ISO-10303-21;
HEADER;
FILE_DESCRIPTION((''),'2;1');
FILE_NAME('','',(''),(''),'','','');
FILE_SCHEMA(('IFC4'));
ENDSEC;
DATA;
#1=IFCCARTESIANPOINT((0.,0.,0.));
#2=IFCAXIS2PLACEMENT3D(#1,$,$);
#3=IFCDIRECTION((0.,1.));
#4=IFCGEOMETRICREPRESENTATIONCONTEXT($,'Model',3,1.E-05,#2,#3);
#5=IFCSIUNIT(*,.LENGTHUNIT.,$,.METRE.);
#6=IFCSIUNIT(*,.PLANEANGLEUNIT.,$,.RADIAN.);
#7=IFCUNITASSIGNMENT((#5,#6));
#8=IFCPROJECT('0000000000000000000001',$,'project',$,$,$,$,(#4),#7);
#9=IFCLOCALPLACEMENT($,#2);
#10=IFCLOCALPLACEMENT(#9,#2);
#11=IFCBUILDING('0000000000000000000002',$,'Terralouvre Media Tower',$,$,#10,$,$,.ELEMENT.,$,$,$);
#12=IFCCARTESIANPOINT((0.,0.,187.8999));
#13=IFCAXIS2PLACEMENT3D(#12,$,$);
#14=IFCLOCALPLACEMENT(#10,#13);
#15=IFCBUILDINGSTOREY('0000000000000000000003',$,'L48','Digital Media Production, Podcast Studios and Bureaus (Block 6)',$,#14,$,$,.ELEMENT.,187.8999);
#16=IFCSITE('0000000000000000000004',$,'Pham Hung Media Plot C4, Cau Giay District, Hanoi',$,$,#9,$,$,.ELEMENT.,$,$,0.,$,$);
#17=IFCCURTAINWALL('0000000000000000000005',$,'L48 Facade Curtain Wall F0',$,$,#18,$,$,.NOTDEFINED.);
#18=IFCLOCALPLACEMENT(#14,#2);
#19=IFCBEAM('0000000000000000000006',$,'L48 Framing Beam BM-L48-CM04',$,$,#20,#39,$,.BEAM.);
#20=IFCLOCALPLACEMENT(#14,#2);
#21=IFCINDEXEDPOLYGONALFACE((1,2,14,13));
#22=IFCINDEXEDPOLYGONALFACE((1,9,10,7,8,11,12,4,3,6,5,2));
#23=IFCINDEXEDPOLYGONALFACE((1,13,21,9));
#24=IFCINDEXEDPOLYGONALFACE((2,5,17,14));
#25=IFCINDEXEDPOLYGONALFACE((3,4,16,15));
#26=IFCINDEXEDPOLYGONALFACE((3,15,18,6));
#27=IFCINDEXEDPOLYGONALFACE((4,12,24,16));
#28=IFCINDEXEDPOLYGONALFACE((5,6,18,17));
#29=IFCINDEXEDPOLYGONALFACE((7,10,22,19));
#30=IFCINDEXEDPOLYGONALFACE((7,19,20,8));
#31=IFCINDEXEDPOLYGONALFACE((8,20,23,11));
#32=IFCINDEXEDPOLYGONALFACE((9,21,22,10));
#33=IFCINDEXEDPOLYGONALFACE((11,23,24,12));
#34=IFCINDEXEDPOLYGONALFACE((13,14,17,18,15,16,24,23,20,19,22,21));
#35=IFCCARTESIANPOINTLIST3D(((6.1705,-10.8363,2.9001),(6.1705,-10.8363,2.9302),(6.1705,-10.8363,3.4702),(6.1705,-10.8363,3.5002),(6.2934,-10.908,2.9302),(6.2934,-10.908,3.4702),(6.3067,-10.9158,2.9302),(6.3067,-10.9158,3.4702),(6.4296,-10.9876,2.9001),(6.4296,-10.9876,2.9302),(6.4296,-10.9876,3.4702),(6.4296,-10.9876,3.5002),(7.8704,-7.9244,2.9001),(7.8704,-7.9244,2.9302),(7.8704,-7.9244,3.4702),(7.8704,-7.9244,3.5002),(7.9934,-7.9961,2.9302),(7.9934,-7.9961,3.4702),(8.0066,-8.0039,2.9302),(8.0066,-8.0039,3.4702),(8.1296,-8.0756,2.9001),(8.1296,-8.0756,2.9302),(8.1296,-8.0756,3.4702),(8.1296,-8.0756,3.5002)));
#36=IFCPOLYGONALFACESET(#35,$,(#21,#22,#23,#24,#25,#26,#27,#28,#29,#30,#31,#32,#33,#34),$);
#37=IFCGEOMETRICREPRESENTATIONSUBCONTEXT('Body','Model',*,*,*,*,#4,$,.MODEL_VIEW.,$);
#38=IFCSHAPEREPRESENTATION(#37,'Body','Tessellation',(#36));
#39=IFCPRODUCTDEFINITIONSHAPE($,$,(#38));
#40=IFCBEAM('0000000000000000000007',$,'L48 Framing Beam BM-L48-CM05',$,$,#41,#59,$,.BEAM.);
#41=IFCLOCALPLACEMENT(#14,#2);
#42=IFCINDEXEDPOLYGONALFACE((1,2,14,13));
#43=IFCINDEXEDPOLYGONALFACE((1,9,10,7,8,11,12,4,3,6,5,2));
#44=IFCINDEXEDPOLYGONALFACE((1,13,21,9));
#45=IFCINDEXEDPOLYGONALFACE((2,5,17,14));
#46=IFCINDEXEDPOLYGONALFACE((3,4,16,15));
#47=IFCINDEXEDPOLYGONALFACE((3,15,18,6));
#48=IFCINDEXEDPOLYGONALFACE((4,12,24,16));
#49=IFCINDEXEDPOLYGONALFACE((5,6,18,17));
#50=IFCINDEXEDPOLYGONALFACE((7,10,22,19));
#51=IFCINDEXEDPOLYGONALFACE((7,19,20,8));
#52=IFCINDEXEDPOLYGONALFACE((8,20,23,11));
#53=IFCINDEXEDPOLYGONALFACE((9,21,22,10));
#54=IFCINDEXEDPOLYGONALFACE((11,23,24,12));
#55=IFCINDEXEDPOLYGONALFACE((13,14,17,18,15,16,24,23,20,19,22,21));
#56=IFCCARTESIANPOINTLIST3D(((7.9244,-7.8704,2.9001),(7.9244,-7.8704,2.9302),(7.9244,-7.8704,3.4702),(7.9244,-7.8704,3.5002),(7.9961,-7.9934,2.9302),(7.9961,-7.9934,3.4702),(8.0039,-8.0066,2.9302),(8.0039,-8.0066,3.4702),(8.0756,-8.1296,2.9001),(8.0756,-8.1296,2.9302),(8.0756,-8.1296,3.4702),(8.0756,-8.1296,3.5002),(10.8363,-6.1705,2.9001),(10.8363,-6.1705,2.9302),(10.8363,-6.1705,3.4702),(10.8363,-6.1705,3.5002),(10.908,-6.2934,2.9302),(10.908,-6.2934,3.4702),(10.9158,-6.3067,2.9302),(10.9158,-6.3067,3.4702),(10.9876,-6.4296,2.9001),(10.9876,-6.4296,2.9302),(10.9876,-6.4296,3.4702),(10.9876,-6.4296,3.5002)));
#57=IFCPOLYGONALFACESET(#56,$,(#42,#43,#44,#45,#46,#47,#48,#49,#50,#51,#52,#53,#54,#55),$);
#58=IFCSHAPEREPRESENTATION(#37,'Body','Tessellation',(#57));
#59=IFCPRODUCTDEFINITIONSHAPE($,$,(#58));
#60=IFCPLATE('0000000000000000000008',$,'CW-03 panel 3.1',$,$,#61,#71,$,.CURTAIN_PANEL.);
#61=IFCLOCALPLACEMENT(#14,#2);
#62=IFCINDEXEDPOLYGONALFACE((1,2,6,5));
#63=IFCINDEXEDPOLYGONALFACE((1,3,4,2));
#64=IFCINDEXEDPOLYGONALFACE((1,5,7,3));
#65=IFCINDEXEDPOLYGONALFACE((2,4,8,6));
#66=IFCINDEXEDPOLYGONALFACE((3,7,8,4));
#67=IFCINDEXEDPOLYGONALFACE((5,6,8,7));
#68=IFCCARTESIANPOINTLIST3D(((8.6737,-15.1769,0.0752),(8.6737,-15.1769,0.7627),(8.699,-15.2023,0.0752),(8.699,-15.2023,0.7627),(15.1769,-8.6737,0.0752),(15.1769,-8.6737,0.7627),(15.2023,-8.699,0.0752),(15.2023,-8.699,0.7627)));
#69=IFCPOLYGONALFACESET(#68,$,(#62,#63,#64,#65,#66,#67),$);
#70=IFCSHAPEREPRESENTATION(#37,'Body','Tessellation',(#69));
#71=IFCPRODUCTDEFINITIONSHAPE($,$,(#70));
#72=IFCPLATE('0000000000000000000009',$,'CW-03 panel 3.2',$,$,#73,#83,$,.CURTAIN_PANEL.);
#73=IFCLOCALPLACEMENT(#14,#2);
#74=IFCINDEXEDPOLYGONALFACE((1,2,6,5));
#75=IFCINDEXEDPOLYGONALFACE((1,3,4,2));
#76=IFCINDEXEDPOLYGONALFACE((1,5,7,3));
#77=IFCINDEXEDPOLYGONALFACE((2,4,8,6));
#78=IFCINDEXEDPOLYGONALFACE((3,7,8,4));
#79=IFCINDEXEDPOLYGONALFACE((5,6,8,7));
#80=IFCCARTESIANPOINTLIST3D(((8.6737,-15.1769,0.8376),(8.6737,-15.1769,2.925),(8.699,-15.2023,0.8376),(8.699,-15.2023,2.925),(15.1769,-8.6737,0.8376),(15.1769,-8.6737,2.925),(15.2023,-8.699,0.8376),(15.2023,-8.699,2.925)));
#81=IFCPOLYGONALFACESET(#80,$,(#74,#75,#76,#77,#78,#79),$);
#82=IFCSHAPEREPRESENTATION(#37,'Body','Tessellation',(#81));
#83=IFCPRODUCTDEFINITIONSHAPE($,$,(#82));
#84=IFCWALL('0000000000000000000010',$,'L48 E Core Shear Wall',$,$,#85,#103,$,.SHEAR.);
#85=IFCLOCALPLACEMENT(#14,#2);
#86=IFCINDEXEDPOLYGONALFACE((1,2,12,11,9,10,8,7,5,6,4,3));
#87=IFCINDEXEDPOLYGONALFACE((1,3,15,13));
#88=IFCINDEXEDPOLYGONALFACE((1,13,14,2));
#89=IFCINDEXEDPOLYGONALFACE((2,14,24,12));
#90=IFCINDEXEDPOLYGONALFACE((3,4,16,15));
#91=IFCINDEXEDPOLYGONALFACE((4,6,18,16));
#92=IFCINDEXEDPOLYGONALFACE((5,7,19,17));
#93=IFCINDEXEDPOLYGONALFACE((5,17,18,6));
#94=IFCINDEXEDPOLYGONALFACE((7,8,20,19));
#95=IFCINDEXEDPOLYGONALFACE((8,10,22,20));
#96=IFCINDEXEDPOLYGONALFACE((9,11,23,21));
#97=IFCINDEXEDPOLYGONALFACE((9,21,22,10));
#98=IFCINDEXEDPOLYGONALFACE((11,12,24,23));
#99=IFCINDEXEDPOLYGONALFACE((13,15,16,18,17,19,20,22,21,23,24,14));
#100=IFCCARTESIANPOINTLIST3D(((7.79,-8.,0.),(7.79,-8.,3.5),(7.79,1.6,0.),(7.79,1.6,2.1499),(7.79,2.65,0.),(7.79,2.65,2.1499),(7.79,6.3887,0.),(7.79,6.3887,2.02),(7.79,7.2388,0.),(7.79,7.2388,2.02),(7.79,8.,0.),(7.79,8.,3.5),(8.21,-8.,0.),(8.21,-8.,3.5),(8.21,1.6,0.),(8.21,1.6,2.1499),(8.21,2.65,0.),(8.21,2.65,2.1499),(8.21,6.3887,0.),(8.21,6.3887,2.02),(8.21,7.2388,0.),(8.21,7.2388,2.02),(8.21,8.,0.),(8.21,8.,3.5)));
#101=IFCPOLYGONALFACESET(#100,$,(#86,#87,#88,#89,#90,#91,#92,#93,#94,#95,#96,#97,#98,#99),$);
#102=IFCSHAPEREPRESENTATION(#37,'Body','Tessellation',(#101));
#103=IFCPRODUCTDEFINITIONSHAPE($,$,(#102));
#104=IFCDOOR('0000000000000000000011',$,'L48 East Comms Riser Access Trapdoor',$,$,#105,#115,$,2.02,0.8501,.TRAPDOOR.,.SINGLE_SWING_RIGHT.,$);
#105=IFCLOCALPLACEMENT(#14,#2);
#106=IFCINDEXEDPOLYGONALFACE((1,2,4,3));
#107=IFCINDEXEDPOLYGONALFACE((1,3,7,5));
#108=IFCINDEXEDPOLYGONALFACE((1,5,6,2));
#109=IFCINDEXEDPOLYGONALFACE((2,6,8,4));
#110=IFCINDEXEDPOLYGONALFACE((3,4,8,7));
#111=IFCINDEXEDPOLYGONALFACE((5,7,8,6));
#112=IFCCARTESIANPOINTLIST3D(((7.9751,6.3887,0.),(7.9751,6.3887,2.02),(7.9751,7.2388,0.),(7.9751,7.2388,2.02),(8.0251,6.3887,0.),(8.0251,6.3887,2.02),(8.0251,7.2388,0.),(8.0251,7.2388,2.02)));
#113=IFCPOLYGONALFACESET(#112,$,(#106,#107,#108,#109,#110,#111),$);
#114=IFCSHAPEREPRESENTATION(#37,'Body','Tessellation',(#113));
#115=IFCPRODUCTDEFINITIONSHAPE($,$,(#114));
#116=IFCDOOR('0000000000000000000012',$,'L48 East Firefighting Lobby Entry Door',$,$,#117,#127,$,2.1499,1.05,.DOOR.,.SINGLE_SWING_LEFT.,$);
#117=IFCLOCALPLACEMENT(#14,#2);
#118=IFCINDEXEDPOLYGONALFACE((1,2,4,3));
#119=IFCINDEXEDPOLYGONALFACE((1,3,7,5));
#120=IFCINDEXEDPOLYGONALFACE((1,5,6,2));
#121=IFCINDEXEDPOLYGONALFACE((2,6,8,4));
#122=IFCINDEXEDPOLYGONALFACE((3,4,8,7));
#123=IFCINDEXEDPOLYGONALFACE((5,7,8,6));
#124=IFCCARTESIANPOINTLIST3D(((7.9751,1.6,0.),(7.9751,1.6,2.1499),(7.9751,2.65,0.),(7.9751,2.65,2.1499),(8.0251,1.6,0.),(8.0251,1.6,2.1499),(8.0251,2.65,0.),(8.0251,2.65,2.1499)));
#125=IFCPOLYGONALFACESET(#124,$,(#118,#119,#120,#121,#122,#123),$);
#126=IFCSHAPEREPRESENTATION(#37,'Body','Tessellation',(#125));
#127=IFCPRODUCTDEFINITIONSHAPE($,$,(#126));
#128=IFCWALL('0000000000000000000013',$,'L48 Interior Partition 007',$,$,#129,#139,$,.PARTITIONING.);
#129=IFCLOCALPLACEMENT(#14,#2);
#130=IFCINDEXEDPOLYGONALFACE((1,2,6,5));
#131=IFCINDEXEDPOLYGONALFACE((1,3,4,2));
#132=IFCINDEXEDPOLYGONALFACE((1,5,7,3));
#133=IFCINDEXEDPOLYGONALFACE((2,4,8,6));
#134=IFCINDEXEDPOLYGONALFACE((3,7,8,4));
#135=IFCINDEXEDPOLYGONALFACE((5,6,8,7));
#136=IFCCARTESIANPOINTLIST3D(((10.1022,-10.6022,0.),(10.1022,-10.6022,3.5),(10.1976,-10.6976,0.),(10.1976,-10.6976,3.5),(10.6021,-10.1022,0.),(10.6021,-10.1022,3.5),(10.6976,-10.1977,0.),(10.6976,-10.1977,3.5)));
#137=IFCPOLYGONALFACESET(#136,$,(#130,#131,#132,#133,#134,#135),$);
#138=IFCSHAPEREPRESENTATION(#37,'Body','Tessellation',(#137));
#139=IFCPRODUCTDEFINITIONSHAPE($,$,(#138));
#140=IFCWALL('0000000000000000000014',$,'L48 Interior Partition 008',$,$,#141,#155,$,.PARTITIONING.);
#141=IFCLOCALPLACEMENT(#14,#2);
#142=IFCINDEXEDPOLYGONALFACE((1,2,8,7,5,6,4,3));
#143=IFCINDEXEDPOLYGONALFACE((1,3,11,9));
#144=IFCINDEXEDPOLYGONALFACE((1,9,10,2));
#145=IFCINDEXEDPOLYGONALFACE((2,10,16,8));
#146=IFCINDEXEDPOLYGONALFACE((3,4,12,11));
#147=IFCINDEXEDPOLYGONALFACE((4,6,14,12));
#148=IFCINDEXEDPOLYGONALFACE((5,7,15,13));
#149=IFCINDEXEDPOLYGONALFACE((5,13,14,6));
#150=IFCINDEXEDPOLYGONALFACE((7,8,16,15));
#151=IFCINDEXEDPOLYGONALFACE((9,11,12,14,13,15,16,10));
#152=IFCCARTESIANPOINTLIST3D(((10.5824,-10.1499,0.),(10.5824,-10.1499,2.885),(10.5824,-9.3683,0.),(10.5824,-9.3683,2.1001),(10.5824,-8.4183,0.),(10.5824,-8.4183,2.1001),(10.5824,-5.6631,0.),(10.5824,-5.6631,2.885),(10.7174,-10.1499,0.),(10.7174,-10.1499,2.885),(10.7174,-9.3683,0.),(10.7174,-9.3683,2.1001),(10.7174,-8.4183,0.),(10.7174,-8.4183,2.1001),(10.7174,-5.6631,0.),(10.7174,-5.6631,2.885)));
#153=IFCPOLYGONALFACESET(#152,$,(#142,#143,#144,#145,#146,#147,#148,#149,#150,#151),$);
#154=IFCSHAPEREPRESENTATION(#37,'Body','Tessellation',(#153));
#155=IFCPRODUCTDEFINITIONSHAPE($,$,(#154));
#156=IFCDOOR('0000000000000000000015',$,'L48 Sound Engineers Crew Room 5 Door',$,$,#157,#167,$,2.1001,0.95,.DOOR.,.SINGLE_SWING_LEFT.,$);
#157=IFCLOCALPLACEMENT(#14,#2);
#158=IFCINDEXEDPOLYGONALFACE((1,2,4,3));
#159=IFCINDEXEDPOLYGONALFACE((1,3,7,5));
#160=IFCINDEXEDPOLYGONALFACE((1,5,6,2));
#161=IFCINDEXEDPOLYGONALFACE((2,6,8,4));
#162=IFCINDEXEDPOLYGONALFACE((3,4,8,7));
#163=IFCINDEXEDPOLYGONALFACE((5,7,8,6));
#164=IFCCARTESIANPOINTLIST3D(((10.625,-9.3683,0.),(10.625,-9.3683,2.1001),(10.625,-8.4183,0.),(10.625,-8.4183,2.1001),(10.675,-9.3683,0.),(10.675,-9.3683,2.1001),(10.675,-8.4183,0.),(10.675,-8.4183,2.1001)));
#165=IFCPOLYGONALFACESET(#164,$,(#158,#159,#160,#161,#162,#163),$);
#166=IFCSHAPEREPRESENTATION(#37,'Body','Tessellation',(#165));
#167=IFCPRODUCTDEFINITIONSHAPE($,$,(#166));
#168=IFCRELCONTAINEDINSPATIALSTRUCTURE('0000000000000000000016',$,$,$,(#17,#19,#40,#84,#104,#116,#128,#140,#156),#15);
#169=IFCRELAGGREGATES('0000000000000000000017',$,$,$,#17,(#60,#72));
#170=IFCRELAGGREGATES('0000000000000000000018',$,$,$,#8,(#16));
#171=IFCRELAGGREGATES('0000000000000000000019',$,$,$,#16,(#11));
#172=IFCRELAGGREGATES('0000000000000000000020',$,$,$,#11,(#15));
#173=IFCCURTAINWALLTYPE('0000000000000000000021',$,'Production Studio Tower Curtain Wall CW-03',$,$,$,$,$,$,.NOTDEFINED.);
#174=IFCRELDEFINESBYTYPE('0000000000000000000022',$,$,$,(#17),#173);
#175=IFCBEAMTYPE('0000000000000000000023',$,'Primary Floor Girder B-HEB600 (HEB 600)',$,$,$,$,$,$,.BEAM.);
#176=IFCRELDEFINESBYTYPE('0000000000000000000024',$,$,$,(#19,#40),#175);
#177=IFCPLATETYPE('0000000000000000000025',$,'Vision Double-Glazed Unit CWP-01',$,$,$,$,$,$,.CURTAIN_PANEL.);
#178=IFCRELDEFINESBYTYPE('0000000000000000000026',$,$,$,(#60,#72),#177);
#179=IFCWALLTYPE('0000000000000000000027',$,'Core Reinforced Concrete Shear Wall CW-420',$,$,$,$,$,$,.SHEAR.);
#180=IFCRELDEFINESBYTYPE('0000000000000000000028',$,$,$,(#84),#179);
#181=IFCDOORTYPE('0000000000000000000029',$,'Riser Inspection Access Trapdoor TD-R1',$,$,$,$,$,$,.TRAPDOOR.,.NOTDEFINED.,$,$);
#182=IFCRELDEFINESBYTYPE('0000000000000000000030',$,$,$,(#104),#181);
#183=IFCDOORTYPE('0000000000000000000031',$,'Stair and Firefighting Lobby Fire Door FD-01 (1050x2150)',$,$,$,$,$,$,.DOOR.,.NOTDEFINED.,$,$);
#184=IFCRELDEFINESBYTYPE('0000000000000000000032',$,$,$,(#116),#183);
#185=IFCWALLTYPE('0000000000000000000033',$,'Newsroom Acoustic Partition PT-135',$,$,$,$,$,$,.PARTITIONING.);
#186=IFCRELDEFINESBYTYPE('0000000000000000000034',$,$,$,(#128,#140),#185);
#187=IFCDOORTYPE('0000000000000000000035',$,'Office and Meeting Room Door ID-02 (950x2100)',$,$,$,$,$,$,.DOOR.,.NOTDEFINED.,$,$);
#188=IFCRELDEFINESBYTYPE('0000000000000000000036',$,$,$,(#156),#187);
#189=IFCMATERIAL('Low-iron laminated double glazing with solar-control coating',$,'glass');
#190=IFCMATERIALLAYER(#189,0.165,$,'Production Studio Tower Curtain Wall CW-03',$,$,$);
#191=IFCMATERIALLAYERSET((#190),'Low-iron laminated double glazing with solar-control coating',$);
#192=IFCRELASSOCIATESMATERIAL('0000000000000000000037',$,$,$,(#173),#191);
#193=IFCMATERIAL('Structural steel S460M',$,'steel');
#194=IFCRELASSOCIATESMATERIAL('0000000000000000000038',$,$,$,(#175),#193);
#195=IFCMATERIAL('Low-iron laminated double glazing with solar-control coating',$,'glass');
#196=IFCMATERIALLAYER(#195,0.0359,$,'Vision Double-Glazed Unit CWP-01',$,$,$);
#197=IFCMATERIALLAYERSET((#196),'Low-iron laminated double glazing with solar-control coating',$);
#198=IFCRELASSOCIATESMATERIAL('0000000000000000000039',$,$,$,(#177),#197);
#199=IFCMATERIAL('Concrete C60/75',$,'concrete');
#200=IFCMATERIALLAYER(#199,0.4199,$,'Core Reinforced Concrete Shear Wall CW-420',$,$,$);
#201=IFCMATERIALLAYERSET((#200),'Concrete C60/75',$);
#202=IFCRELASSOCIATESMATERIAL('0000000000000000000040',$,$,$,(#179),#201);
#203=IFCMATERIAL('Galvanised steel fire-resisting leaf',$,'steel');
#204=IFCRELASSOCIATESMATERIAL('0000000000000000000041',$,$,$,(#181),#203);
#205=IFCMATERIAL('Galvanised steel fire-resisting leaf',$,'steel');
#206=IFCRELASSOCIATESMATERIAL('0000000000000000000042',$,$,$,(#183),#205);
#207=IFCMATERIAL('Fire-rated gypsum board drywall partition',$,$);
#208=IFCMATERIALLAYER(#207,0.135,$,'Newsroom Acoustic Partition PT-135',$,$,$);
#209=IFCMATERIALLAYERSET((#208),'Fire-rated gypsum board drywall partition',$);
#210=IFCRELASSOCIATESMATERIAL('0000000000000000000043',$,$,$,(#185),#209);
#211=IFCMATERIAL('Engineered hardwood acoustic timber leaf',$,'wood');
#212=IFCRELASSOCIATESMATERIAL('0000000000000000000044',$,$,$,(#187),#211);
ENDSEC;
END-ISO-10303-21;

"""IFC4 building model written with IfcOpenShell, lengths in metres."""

from ifc_helpers import new_model, si_unit, direction, frame, frame_2d, origin, origin_2d, place, context, subcontext, project, spatial, rectangle, i_section, extrude, material, layer, layer_set, material_profile, profile_set, type_object, element, fill, aggregate, save


model = new_model("IFC4")

# Units and contexts
model_context = context("Model", 3, precision=1e-05, world=origin(), true_north=direction((0.0, 1.0)))
body_context = subcontext(model_context, "Body", "Model", "MODEL_VIEW")
ifc_project = project(units=[si_unit("LENGTHUNIT", "METRE"), si_unit("PLANEANGLEUNIT", "RADIAN")], contexts=[model_context])

# Site, building, storey
site_placement = place(None, origin())
site = spatial("IfcSite", under=ifc_project, at=site_placement, Name="Pham Hung Media Plot C4, Cau Giay District, Hanoi", CompositionType="ELEMENT", RefElevation=0.0)
building_placement = place(site_placement, origin())
building = spatial("IfcBuilding", under=site, at=building_placement, Name="Terralouvre Media Tower", CompositionType="ELEMENT")
storey_placement = place(building_placement, frame((0.0, 0.0, 187.8999)))
storey = spatial("IfcBuildingStorey", under=building, at=storey_placement, Name="L48", Description="Digital Media Production, Podcast Studios and Bureaus (Block 6)", CompositionType="ELEMENT", Elevation=187.8999)

# Curtain wall
ifc_material_1 = material(Name="Low-iron laminated double glazing with solar-control coating", Category="glass")
ifc_layer_1 = layer(ifc_material_1, 0.165, Name="Production Studio Tower Curtain Wall CW-03")
ifc_layer_set_1 = layer_set([ifc_layer_1], Name="Low-iron laminated double glazing with solar-control coating")
curtain_wall_type = type_object("IfcCurtainWallType", Name="Production Studio Tower Curtain Wall CW-03", PredefinedType="NOTDEFINED", material=ifc_layer_set_1)
curtain_wall_placement = place(storey_placement, origin())
curtain_wall = element("IfcCurtainWall", 1, at=curtain_wall_placement, inside=storey, type_object=curtain_wall_type, Name="L48 Facade Curtain Wall F0", PredefinedType="NOTDEFINED")

# Beams
ifc_material_2 = material(Name="Structural steel S460M", Category="steel")
ifc_material_profile_1 = material_profile(ifc_material_2, i_section(OverallWidth=0.3, OverallDepth=0.6001, WebThickness=0.0154, FlangeThickness=0.03, at=origin_2d()), Name="HEB 600")
ifc_profile_set_1 = profile_set([ifc_material_profile_1], Name="Structural steel S460M")
beam_type_1 = type_object("IfcBeamType", Name="Primary Floor Girder B-HEB600 (HEB 600)", PredefinedType="BEAM", material=ifc_profile_set_1)
for number, where, z_axis, x_axis, name in (
    (2, (8.0, -8.0, 3.2002), (-0.504173, -0.863603, 0.0), (0.863603, -0.504173, 0.0), "L48 Framing Beam BM-L48-CM04"),
    (3, (8.0, -8.0, 3.2002), (0.863603, 0.504173, 0.0), (-0.504173, 0.863603, 0.0), "L48 Framing Beam BM-L48-CM05"),
):
    element("IfcBeam", number, at=place(storey_placement, frame(where, z_axis=z_axis, x_axis=x_axis)), inside=storey, type_object=beam_type_1, Name=name, PredefinedType="BEAM", context=body_context, shape_type="SweptSolid", body=[
        extrude(i_section(OverallWidth=0.3, OverallDepth=0.6001, WebThickness=0.0154, FlangeThickness=0.03, at=origin_2d()), origin(), (0.0, 0.0, 1.0), 3.3718),
    ])

# Plates
ifc_material_3 = material(Name="Low-iron laminated double glazing with solar-control coating", Category="glass")
ifc_layer_2 = layer(ifc_material_3, 0.0359, Name="Vision Double-Glazed Unit CWP-01")
ifc_layer_set_2 = layer_set([ifc_layer_2], Name="Low-iron laminated double glazing with solar-control coating")
plate_type = type_object("IfcPlateType", Name="Vision Double-Glazed Unit CWP-01", PredefinedType="CURTAIN_PANEL", material=ifc_layer_set_2)
plate_1_placement = place(storey_placement, frame((11.938, -11.938, 0.0752), z_axis=(0.0, 0.0, 1.0), x_axis=(0.707107, 0.707107, 0.0)))
plate_1 = element("IfcPlate", 4, at=plate_1_placement, type_object=plate_type, Name="CW-03 panel 3.1", PredefinedType="CURTAIN_PANEL", context=body_context, shape_type="SweptSolid", body=[
    extrude(rectangle(XDim=9.197, YDim=0.0359, at=origin_2d()), origin(), (0.0, 0.0, 1.0), 0.6875),
])
plate_2_placement = place(storey_placement, frame((11.938, -11.938, 0.8376), z_axis=(0.0, 0.0, 1.0), x_axis=(0.707107, 0.707107, 0.0)))
plate_2 = element("IfcPlate", 5, at=plate_2_placement, type_object=plate_type, Name="CW-03 panel 3.2", PredefinedType="CURTAIN_PANEL", context=body_context, shape_type="SweptSolid", body=[
    extrude(rectangle(XDim=9.197, YDim=0.0359, at=origin_2d()), origin(), (0.0, 0.0, 1.0), 2.0874),
])
aggregate(curtain_wall, [plate_1, plate_2])

# Wall, openings, doors
ifc_material_4 = material(Name="Concrete C60/75", Category="concrete")
ifc_layer_3 = layer(ifc_material_4, 0.4199, Name="Core Reinforced Concrete Shear Wall CW-420")
ifc_layer_set_3 = layer_set([ifc_layer_3], Name="Concrete C60/75")
wall_type_1 = type_object("IfcWallType", Name="Core Reinforced Concrete Shear Wall CW-420", PredefinedType="SHEAR", material=ifc_layer_set_3)
wall_1_placement = place(storey_placement, frame((8.0, -8.0, 0.0), z_axis=(0.0, 0.0, 1.0), x_axis=(0.0, 1.0, 0.0)))
wall_1 = element("IfcWall", 6, at=wall_1_placement, inside=storey, type_object=wall_type_1, Name="L48 E Core Shear Wall", PredefinedType="SHEAR", context=body_context, shape_type="SweptSolid", body=[
    extrude(rectangle(XDim=16.0, YDim=0.4199, at=frame_2d((8.0, 0.0))), origin(), (0.0, 0.0, 1.0), 3.5),
])
opening_1_placement = place(wall_1_placement, frame((9.6001, 0.0, 0.0)))
opening_1 = element("IfcOpeningElement", 7, at=opening_1_placement, cuts=wall_1, PredefinedType="OPENING", context=body_context, shape_type="SweptSolid", body=[
    extrude(rectangle(XDim=1.05, YDim=2.1499, at=frame_2d((0.5249, 1.075))), frame((0.0, 0.22, 0.0), z_axis=(0.0, -1.0, 0.0), x_axis=(1.0, 0.0, 0.0)), (0.0, 0.0, 1.0), 0.4399),
])
opening_2_placement = place(wall_1_placement, frame((14.3887, 0.0, 0.0)))
opening_2 = element("IfcOpeningElement", 8, at=opening_2_placement, cuts=wall_1, PredefinedType="OPENING", context=body_context, shape_type="SweptSolid", body=[
    extrude(rectangle(XDim=0.8501, YDim=2.02, at=frame_2d((0.425, 1.01))), frame((0.0, 0.22, 0.0), z_axis=(0.0, -1.0, 0.0), x_axis=(1.0, 0.0, 0.0)), (0.0, 0.0, 1.0), 0.4399),
])
ifc_material_5 = material(Name="Galvanised steel fire-resisting leaf", Category="steel")
door_type_1 = type_object("IfcDoorType", Name="Riser Inspection Access Trapdoor TD-R1", OperationType="NOTDEFINED", PredefinedType="TRAPDOOR", material=ifc_material_5)
door_1_placement = place(opening_2_placement, origin())
door_1 = element("IfcDoor", 9, at=door_1_placement, inside=storey, type_object=door_type_1, Name="L48 East Comms Riser Access Trapdoor", OperationType="SINGLE_SWING_RIGHT", OverallHeight=2.02, OverallWidth=0.8501, PredefinedType="TRAPDOOR", context=body_context, shape_type="SweptSolid", body=[
    extrude(rectangle(XDim=0.8501, YDim=2.02, at=frame_2d((0.425, 1.01))), frame((0.0, 0.0249, 0.0), z_axis=(0.0, -1.0, 0.0), x_axis=(1.0, 0.0, 0.0)), (0.0, 0.0, 1.0), 0.05),
])
fill(opening_2, door_1)
ifc_material_6 = material(Name="Galvanised steel fire-resisting leaf", Category="steel")
door_type_2 = type_object("IfcDoorType", Name="Stair and Firefighting Lobby Fire Door FD-01 (1050x2150)", OperationType="NOTDEFINED", PredefinedType="DOOR", material=ifc_material_6)
door_2_placement = place(opening_1_placement, origin())
door_2 = element("IfcDoor", 10, at=door_2_placement, inside=storey, type_object=door_type_2, Name="L48 East Firefighting Lobby Entry Door", OperationType="SINGLE_SWING_LEFT", OverallHeight=2.1499, OverallWidth=1.05, PredefinedType="DOOR", context=body_context, shape_type="SweptSolid", body=[
    extrude(rectangle(XDim=1.05, YDim=2.1499, at=frame_2d((0.5249, 1.075))), frame((0.0, 0.0249, 0.0), z_axis=(0.0, -1.0, 0.0), x_axis=(1.0, 0.0, 0.0)), (0.0, 0.0, 1.0), 0.05),
])
fill(opening_1, door_2)

# Wall
ifc_material_7 = material(Name="Fire-rated gypsum board drywall partition")
ifc_layer_4 = layer(ifc_material_7, 0.135, Name="Newsroom Acoustic Partition PT-135")
ifc_layer_set_4 = layer_set([ifc_layer_4], Name="Fire-rated gypsum board drywall partition")
wall_type_2 = type_object("IfcWallType", Name="Newsroom Acoustic Partition PT-135", PredefinedType="PARTITIONING", material=ifc_layer_set_4)
wall_2_placement = place(storey_placement, frame((10.1499, -10.6499, 0.0), z_axis=(0.0, 0.0, 1.0), x_axis=(0.707107, 0.707107, 0.0)))
element("IfcWall", 11, at=wall_2_placement, inside=storey, type_object=wall_type_2, Name="L48 Interior Partition 007", PredefinedType="PARTITIONING", context=body_context, shape_type="SweptSolid", body=[
    extrude(rectangle(XDim=0.707, YDim=0.135, at=frame_2d((0.3535, 0.0))), origin(), (0.0, 0.0, 1.0), 3.5),
])

# Wall, opening, door
wall_3_placement = place(storey_placement, frame((10.6499, -10.1499, 0.0), z_axis=(0.0, 0.0, 1.0), x_axis=(0.0, 1.0, 0.0)))
wall_3 = element("IfcWall", 12, at=wall_3_placement, inside=storey, type_object=wall_type_2, Name="L48 Interior Partition 008", PredefinedType="PARTITIONING", context=body_context, shape_type="SweptSolid", body=[
    extrude(rectangle(XDim=4.4868, YDim=0.135, at=frame_2d((2.2434, 0.0))), origin(), (0.0, 0.0, 1.0), 2.885),
])
opening_3_placement = place(wall_3_placement, frame((0.7815, 0.0, 0.0)))
opening_3 = element("IfcOpeningElement", 13, at=opening_3_placement, cuts=wall_3, PredefinedType="OPENING", context=body_context, shape_type="SweptSolid", body=[
    extrude(rectangle(XDim=0.95, YDim=2.1001, at=frame_2d((0.4751, 1.05))), frame((0.0, 0.0774, 0.0), z_axis=(0.0, -1.0, 0.0), x_axis=(1.0, 0.0, 0.0)), (0.0, 0.0, 1.0), 0.155),
])
ifc_material_8 = material(Name="Engineered hardwood acoustic timber leaf", Category="wood")
door_type_3 = type_object("IfcDoorType", Name="Office and Meeting Room Door ID-02 (950x2100)", OperationType="NOTDEFINED", PredefinedType="DOOR", material=ifc_material_8)
door_3_placement = place(opening_3_placement, origin())
door_3 = element("IfcDoor", 14, at=door_3_placement, inside=storey, type_object=door_type_3, Name="L48 Sound Engineers Crew Room 5 Door", OperationType="SINGLE_SWING_LEFT", OverallHeight=2.1001, OverallWidth=0.95, PredefinedType="DOOR", context=body_context, shape_type="SweptSolid", body=[
    extrude(rectangle(XDim=0.95, YDim=2.1001, at=frame_2d((0.4751, 1.05))), frame((0.0, 0.0249, 0.0), z_axis=(0.0, -1.0, 0.0), x_axis=(1.0, 0.0, 0.0)), (0.0, 0.0, 1.0), 0.05),
])
fill(opening_3, door_3)

save(model, "model.ifc")
